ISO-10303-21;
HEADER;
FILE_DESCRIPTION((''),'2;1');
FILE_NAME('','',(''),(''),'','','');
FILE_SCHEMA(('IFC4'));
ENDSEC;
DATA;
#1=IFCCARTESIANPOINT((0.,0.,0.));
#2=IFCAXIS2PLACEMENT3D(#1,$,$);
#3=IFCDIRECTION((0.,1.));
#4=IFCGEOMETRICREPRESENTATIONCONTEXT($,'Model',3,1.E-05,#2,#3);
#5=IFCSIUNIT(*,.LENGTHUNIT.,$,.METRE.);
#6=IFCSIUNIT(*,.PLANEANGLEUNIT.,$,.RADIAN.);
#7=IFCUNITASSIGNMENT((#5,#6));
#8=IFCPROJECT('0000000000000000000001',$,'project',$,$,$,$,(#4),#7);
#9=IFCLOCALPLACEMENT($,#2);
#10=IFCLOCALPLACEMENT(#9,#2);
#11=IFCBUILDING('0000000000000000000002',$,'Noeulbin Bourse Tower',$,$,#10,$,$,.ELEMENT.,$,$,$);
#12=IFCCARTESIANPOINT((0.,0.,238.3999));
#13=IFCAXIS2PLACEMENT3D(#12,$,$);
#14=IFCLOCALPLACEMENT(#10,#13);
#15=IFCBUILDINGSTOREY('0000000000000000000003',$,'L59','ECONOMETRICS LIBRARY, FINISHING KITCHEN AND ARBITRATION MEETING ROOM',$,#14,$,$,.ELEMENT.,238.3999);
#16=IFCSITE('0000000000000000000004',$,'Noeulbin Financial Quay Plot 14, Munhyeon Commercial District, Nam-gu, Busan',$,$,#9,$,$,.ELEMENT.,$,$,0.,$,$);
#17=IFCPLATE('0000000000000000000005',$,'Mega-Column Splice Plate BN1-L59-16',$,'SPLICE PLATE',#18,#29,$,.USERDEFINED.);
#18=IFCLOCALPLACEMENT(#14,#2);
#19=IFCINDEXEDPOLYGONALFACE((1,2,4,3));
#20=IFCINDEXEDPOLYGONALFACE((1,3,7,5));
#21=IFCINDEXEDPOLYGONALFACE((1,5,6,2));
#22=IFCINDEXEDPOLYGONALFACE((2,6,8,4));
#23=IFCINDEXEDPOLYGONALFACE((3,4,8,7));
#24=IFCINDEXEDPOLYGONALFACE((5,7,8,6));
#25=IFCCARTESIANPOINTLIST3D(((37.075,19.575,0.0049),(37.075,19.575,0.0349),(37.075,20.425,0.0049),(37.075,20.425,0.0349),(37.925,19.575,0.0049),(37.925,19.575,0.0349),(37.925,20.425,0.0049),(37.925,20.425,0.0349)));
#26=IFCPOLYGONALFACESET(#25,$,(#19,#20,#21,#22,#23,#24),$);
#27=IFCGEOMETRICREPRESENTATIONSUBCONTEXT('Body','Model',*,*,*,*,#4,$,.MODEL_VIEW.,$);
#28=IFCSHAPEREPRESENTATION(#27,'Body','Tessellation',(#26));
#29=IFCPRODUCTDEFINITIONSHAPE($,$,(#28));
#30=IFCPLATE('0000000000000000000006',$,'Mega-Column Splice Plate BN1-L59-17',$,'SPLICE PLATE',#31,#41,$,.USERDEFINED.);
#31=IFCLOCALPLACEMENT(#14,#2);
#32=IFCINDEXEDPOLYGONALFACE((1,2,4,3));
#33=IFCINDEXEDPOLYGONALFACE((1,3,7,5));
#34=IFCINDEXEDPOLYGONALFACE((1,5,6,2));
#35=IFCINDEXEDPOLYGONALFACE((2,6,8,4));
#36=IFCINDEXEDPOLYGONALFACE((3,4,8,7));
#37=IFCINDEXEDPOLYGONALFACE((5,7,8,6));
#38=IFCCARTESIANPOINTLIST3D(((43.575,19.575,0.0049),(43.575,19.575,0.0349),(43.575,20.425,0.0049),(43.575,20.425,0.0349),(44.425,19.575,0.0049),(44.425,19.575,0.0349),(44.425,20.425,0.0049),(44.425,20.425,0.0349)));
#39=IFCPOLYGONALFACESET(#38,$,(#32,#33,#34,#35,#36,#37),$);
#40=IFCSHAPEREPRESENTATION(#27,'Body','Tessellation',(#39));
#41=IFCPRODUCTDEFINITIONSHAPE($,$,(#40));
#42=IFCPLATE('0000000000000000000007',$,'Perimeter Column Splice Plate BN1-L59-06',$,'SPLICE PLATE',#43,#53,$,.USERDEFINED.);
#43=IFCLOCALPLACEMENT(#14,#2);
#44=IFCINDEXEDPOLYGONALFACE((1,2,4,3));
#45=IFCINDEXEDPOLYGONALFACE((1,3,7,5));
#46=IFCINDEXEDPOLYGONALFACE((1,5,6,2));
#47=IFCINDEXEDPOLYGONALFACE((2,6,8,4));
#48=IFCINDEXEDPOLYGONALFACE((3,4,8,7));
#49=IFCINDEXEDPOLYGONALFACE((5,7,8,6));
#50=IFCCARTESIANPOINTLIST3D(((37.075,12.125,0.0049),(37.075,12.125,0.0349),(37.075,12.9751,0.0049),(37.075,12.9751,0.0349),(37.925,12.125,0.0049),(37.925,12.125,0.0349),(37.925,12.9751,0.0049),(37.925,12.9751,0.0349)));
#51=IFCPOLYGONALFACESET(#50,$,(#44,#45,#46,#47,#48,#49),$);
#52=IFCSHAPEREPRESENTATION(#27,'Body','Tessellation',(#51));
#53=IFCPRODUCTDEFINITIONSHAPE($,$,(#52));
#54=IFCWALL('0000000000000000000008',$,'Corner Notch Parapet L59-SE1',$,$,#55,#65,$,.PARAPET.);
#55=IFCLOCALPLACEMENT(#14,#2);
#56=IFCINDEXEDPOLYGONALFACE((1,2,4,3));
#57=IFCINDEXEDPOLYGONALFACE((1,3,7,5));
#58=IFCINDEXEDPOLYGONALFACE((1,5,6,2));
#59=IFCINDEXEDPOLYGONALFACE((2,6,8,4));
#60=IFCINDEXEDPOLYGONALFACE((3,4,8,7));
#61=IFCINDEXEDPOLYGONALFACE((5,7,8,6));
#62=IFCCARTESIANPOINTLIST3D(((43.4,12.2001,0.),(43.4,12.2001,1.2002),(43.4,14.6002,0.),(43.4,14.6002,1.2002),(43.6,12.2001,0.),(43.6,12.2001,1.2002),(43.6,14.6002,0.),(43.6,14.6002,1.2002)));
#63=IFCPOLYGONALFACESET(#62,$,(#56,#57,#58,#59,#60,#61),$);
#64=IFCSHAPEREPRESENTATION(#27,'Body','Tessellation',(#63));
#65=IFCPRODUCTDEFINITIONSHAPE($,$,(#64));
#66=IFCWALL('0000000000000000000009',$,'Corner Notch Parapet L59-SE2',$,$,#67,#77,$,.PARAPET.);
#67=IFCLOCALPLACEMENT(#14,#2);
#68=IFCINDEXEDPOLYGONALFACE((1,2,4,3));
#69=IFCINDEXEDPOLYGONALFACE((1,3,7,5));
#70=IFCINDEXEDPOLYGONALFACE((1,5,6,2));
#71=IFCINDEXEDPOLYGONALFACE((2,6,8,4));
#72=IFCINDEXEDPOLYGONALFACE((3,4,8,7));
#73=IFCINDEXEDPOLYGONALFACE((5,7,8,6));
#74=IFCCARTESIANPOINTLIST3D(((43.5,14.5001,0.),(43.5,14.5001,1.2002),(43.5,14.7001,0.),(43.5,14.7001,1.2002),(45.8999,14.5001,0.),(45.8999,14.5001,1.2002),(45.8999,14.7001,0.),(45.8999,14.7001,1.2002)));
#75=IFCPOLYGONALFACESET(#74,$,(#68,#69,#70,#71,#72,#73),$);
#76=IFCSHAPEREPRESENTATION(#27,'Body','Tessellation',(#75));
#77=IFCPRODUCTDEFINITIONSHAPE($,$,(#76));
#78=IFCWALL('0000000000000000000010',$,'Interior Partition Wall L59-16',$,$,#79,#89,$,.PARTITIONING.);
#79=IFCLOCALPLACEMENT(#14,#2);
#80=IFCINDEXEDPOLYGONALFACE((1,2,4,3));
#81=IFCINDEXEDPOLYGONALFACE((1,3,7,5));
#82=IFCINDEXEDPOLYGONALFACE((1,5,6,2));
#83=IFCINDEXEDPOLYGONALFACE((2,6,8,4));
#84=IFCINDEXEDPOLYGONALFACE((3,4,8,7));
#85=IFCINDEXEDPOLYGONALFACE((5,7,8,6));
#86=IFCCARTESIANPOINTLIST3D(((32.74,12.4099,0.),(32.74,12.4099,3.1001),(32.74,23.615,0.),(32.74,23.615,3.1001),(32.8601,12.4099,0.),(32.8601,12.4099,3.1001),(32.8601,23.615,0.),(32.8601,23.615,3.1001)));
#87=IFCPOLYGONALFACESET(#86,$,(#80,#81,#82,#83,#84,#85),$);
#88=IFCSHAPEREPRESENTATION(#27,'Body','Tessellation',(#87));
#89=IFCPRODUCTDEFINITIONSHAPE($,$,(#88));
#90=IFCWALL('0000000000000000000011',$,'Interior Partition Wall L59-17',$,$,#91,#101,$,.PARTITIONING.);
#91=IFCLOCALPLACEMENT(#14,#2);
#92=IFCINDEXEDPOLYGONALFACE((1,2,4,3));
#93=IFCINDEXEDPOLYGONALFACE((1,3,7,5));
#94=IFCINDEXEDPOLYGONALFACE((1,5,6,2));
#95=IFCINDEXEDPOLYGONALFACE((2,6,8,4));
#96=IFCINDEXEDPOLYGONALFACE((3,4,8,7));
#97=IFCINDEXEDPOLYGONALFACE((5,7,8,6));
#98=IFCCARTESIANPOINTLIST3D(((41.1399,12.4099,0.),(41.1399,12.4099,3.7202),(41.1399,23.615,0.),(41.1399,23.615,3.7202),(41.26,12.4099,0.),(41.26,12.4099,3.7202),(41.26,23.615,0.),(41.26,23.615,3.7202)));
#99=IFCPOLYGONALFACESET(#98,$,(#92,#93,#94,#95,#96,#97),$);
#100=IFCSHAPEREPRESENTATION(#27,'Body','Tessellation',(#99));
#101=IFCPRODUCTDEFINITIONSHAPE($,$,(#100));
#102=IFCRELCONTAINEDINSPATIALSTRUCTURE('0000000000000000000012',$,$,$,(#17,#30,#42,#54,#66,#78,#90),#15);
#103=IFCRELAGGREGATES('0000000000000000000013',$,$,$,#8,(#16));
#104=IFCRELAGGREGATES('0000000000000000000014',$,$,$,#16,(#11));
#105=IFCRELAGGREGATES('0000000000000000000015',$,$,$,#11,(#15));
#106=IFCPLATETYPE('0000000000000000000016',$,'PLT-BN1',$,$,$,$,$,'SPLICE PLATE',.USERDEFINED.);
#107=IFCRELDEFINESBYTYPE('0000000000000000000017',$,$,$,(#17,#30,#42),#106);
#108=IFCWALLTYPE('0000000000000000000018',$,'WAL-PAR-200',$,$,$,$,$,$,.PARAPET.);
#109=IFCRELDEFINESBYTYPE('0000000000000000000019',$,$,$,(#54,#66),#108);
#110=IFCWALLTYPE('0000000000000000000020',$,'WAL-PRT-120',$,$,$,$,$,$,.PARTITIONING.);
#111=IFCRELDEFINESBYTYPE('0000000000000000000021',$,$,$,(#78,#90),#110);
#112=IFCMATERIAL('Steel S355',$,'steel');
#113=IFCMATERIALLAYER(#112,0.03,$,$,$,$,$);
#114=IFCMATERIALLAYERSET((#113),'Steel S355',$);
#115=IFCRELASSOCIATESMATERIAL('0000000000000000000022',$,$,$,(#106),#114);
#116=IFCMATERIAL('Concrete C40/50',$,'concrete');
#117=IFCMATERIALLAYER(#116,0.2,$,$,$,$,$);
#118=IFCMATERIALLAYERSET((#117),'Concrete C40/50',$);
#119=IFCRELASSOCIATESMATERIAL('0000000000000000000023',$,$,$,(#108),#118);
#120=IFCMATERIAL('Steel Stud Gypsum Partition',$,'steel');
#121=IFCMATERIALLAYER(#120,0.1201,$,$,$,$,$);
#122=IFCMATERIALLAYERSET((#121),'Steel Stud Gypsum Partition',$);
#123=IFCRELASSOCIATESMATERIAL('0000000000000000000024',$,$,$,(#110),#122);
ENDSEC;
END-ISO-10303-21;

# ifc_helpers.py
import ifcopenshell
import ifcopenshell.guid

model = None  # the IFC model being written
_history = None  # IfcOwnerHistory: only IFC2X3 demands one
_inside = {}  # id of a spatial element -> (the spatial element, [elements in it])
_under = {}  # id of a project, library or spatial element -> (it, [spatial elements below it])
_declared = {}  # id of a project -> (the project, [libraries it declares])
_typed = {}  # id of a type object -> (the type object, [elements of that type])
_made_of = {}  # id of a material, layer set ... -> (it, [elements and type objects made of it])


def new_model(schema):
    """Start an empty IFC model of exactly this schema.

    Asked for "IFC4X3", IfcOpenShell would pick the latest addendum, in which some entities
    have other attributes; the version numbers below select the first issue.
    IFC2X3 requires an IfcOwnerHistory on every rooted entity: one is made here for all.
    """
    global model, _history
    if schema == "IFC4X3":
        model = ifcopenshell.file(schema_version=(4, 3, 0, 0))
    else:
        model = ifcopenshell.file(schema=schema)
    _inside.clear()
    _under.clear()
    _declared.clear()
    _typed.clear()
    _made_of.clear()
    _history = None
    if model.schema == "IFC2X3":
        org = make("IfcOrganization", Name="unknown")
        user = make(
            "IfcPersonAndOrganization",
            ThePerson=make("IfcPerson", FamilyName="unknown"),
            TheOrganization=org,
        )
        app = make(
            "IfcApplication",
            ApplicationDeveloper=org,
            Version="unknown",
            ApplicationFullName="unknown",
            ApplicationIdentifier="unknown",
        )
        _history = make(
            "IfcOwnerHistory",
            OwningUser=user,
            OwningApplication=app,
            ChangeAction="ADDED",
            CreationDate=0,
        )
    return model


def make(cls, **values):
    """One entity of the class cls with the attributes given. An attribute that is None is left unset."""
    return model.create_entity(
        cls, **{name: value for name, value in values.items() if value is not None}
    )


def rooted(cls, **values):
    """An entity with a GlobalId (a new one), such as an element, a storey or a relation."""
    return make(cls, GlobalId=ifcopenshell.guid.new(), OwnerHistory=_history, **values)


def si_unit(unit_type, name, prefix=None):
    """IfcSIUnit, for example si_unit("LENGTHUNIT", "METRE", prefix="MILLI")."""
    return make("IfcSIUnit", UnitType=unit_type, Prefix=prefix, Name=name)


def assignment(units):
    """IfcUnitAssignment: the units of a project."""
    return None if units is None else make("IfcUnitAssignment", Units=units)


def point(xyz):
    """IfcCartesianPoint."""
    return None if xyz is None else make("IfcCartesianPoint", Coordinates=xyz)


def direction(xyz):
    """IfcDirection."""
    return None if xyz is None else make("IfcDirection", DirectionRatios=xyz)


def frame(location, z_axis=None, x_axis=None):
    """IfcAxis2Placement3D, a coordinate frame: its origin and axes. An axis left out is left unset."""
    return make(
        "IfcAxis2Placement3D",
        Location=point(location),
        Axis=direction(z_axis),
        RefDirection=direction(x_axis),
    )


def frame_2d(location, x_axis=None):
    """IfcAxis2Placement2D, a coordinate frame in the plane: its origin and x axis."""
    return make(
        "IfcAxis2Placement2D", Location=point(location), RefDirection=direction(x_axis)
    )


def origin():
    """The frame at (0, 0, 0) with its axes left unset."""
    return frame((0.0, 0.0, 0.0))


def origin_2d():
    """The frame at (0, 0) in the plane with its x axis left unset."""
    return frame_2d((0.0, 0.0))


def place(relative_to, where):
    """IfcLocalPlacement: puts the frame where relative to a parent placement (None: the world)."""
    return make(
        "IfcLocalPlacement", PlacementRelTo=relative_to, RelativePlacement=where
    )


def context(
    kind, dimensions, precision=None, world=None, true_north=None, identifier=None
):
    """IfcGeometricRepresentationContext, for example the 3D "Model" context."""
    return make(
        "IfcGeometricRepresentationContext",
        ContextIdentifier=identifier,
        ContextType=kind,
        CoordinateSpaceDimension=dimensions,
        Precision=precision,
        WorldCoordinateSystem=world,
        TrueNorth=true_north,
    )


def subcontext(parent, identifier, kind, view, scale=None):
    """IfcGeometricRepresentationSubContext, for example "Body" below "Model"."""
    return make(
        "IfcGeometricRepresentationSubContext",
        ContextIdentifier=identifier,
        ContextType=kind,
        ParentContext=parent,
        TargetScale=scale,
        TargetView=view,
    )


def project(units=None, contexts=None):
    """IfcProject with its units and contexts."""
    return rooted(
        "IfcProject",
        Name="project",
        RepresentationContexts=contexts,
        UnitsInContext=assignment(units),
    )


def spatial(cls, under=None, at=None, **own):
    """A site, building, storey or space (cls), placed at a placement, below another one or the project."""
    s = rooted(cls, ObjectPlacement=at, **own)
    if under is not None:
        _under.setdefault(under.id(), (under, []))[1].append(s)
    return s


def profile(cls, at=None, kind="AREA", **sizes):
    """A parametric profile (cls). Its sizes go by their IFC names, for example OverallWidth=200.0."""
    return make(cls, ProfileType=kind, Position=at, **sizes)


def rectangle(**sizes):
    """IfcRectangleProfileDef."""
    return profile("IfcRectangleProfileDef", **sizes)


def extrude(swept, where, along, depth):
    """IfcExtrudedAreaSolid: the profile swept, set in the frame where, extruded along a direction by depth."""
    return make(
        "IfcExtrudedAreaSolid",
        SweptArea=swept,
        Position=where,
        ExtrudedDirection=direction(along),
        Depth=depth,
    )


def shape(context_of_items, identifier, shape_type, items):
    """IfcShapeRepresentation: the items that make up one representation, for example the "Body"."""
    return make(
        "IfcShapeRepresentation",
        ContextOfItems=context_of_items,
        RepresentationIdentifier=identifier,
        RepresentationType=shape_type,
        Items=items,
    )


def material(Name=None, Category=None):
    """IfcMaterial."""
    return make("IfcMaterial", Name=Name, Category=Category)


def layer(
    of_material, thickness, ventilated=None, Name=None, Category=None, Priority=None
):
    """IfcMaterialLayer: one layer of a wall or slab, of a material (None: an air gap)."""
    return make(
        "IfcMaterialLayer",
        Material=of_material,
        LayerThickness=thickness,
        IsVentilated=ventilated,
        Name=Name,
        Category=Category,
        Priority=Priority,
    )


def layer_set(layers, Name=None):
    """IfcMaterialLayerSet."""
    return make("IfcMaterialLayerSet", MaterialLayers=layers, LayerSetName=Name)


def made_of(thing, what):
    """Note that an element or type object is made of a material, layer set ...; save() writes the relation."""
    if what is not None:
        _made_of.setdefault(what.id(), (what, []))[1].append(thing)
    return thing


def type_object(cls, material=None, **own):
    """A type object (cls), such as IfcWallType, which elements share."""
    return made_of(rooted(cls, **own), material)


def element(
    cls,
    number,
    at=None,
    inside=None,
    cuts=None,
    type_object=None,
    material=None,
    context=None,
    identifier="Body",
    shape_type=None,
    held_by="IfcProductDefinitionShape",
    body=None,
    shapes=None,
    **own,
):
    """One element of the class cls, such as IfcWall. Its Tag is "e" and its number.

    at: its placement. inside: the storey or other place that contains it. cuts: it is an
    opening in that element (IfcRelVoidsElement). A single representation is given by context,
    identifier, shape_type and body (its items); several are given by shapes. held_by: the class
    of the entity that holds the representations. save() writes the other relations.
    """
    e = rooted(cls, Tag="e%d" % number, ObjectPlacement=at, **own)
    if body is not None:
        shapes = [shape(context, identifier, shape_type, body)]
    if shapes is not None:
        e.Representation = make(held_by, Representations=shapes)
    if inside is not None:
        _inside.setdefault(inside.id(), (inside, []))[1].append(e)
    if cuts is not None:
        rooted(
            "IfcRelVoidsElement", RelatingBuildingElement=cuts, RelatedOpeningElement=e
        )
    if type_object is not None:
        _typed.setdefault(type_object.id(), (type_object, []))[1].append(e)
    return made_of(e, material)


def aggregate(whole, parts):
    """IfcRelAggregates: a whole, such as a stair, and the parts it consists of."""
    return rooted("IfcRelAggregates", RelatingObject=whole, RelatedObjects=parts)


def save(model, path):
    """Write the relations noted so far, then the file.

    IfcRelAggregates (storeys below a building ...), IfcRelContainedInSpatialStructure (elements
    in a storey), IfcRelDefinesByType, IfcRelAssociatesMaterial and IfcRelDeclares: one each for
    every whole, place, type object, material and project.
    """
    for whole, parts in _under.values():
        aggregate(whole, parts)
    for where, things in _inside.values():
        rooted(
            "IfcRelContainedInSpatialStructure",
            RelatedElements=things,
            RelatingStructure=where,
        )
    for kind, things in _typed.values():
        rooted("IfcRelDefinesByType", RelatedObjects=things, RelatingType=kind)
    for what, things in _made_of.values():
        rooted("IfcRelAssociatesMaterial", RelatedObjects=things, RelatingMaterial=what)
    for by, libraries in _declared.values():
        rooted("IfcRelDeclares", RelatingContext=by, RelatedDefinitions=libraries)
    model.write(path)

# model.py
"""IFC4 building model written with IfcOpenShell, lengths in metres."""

from ifc_helpers import new_model, si_unit, direction, frame, frame_2d, origin, origin_2d, place, context, subcontext, project, spatial, rectangle, extrude, material, layer, layer_set, type_object, element, save


model = new_model("IFC4")

# Units and contexts
model_context = context("Model", 3, precision=1e-05, world=origin(), true_north=direction((0.0, 1.0)))
body_context = subcontext(model_context, "Body", "Model", "MODEL_VIEW")
ifc_project = project(units=[si_unit("LENGTHUNIT", "METRE"), si_unit("PLANEANGLEUNIT", "RADIAN")], contexts=[model_context])

# Site, building, storey
site_placement = place(None, origin())
site = spatial("IfcSite", under=ifc_project, at=site_placement, Name="Noeulbin Financial Quay Plot 14, Munhyeon Commercial District, Nam-gu, Busan", CompositionType="ELEMENT", RefElevation=0.0)
building_placement = place(site_placement, origin())
building = spatial("IfcBuilding", under=site, at=building_placement, Name="Noeulbin Bourse Tower", CompositionType="ELEMENT")
storey_placement = place(building_placement, frame((0.0, 0.0, 238.3999)))
storey = spatial("IfcBuildingStorey", under=building, at=storey_placement, Name="L59", Description="ECONOMETRICS LIBRARY, FINISHING KITCHEN AND ARBITRATION MEETING ROOM", CompositionType="ELEMENT", Elevation=238.3999)

# Shared definitions
ifc_material_1 = material(Name="Steel S355", Category="steel")

# Plates
ifc_layer_1 = layer(ifc_material_1, 0.03)
ifc_layer_set_1 = layer_set([ifc_layer_1], Name="Steel S355")
plate_type_1 = type_object("IfcPlateType", Name="PLT-BN1", ElementType="SPLICE PLATE", PredefinedType="USERDEFINED", material=ifc_layer_set_1)
for number, where, z_axis, x_axis, name in (
    (1, (37.5, 20.0, 0.0049), (0.0, 0.0, 1.0), (1.0, 0.0, 0.0), "Mega-Column Splice Plate BN1-L59-16"),
    (2, (44.0, 20.0, 0.0049), (0.0, 0.0, 1.0), (1.0, 0.0, 0.0), "Mega-Column Splice Plate BN1-L59-17"),
    (3, (37.5, 12.55, 0.0049), (0.0, 0.0, 1.0), (1.0, 0.0, 0.0), "Perimeter Column Splice Plate BN1-L59-06"),
):
    element("IfcPlate", number, at=place(storey_placement, frame(where, z_axis=z_axis, x_axis=x_axis)), inside=storey, type_object=plate_type_1, Name=name, ObjectType="SPLICE PLATE", PredefinedType="USERDEFINED", context=body_context, shape_type="SweptSolid", body=[
        extrude(rectangle(XDim=0.8501, YDim=0.8501, at=origin_2d()), origin(), (0.0, 0.0, 1.0), 0.03),
    ])

# Walls
ifc_material_2 = material(Name="Concrete C40/50", Category="concrete")
ifc_layer_2 = layer(ifc_material_2, 0.2)
ifc_layer_set_2 = layer_set([ifc_layer_2], Name="Concrete C40/50")
wall_type_1 = type_object("IfcWallType", Name="WAL-PAR-200", PredefinedType="PARAPET", material=ifc_layer_set_2)
wall_1_placement = place(storey_placement, frame((43.5, 12.2, 0.0), z_axis=(0.0, 0.0, 1.0), x_axis=(0.0, 1.0, 0.0)))
element("IfcWall", 4, at=wall_1_placement, inside=storey, type_object=wall_type_1, Name="Corner Notch Parapet L59-SE1", PredefinedType="PARAPET", context=body_context, shape_type="SweptSolid", body=[
    extrude(rectangle(XDim=2.4001, YDim=0.2, at=frame_2d((1.2002, 0.0))), origin(), (0.0, 0.0, 1.0), 1.2002),
])
wall_2_placement = place(storey_placement, frame((43.5, 14.6001, 0.0), z_axis=(0.0, 0.0, 1.0), x_axis=(1.0, 0.0, 0.0)))
element("IfcWall", 5, at=wall_2_placement, inside=storey, type_object=wall_type_1, Name="Corner Notch Parapet L59-SE2", PredefinedType="PARAPET", context=body_context, shape_type="SweptSolid", body=[
    extrude(rectangle(XDim=2.3999, YDim=0.2, at=frame_2d((1.2, 0.0))), origin(), (0.0, 0.0, 1.0), 1.2002),
])
ifc_material_3 = material(Name="Steel Stud Gypsum Partition", Category="steel")
ifc_layer_3 = layer(ifc_material_3, 0.1201)
ifc_layer_set_3 = layer_set([ifc_layer_3], Name="Steel Stud Gypsum Partition")
wall_type_2 = type_object("IfcWallType", Name="WAL-PRT-120", PredefinedType="PARTITIONING", material=ifc_layer_set_3)
wall_3_placement = place(storey_placement, frame((32.8, 12.4099, 0.0), z_axis=(0.0, 0.0, 1.0), x_axis=(0.0, 1.0, 0.0)))
element("IfcWall", 6, at=wall_3_placement, inside=storey, type_object=wall_type_2, Name="Interior Partition Wall L59-16", PredefinedType="PARTITIONING", context=body_context, shape_type="SweptSolid", body=[
    extrude(rectangle(XDim=11.2051, YDim=0.1201, at=frame_2d((5.6025, 0.0))), origin(), (0.0, 0.0, 1.0), 3.1001),
])
wall_4_placement = place(storey_placement, frame((41.2, 12.4099, 0.0), z_axis=(0.0, 0.0, 1.0), x_axis=(0.0, 1.0, 0.0)))
element("IfcWall", 7, at=wall_4_placement, inside=storey, type_object=wall_type_2, Name="Interior Partition Wall L59-17", PredefinedType="PARTITIONING", context=body_context, shape_type="SweptSolid", body=[
    extrude(rectangle(XDim=11.2051, YDim=0.1201, at=frame_2d((5.6025, 0.0))), origin(), (0.0, 0.0, 1.0), 3.7202),
])

save(model, "model.ifc")
